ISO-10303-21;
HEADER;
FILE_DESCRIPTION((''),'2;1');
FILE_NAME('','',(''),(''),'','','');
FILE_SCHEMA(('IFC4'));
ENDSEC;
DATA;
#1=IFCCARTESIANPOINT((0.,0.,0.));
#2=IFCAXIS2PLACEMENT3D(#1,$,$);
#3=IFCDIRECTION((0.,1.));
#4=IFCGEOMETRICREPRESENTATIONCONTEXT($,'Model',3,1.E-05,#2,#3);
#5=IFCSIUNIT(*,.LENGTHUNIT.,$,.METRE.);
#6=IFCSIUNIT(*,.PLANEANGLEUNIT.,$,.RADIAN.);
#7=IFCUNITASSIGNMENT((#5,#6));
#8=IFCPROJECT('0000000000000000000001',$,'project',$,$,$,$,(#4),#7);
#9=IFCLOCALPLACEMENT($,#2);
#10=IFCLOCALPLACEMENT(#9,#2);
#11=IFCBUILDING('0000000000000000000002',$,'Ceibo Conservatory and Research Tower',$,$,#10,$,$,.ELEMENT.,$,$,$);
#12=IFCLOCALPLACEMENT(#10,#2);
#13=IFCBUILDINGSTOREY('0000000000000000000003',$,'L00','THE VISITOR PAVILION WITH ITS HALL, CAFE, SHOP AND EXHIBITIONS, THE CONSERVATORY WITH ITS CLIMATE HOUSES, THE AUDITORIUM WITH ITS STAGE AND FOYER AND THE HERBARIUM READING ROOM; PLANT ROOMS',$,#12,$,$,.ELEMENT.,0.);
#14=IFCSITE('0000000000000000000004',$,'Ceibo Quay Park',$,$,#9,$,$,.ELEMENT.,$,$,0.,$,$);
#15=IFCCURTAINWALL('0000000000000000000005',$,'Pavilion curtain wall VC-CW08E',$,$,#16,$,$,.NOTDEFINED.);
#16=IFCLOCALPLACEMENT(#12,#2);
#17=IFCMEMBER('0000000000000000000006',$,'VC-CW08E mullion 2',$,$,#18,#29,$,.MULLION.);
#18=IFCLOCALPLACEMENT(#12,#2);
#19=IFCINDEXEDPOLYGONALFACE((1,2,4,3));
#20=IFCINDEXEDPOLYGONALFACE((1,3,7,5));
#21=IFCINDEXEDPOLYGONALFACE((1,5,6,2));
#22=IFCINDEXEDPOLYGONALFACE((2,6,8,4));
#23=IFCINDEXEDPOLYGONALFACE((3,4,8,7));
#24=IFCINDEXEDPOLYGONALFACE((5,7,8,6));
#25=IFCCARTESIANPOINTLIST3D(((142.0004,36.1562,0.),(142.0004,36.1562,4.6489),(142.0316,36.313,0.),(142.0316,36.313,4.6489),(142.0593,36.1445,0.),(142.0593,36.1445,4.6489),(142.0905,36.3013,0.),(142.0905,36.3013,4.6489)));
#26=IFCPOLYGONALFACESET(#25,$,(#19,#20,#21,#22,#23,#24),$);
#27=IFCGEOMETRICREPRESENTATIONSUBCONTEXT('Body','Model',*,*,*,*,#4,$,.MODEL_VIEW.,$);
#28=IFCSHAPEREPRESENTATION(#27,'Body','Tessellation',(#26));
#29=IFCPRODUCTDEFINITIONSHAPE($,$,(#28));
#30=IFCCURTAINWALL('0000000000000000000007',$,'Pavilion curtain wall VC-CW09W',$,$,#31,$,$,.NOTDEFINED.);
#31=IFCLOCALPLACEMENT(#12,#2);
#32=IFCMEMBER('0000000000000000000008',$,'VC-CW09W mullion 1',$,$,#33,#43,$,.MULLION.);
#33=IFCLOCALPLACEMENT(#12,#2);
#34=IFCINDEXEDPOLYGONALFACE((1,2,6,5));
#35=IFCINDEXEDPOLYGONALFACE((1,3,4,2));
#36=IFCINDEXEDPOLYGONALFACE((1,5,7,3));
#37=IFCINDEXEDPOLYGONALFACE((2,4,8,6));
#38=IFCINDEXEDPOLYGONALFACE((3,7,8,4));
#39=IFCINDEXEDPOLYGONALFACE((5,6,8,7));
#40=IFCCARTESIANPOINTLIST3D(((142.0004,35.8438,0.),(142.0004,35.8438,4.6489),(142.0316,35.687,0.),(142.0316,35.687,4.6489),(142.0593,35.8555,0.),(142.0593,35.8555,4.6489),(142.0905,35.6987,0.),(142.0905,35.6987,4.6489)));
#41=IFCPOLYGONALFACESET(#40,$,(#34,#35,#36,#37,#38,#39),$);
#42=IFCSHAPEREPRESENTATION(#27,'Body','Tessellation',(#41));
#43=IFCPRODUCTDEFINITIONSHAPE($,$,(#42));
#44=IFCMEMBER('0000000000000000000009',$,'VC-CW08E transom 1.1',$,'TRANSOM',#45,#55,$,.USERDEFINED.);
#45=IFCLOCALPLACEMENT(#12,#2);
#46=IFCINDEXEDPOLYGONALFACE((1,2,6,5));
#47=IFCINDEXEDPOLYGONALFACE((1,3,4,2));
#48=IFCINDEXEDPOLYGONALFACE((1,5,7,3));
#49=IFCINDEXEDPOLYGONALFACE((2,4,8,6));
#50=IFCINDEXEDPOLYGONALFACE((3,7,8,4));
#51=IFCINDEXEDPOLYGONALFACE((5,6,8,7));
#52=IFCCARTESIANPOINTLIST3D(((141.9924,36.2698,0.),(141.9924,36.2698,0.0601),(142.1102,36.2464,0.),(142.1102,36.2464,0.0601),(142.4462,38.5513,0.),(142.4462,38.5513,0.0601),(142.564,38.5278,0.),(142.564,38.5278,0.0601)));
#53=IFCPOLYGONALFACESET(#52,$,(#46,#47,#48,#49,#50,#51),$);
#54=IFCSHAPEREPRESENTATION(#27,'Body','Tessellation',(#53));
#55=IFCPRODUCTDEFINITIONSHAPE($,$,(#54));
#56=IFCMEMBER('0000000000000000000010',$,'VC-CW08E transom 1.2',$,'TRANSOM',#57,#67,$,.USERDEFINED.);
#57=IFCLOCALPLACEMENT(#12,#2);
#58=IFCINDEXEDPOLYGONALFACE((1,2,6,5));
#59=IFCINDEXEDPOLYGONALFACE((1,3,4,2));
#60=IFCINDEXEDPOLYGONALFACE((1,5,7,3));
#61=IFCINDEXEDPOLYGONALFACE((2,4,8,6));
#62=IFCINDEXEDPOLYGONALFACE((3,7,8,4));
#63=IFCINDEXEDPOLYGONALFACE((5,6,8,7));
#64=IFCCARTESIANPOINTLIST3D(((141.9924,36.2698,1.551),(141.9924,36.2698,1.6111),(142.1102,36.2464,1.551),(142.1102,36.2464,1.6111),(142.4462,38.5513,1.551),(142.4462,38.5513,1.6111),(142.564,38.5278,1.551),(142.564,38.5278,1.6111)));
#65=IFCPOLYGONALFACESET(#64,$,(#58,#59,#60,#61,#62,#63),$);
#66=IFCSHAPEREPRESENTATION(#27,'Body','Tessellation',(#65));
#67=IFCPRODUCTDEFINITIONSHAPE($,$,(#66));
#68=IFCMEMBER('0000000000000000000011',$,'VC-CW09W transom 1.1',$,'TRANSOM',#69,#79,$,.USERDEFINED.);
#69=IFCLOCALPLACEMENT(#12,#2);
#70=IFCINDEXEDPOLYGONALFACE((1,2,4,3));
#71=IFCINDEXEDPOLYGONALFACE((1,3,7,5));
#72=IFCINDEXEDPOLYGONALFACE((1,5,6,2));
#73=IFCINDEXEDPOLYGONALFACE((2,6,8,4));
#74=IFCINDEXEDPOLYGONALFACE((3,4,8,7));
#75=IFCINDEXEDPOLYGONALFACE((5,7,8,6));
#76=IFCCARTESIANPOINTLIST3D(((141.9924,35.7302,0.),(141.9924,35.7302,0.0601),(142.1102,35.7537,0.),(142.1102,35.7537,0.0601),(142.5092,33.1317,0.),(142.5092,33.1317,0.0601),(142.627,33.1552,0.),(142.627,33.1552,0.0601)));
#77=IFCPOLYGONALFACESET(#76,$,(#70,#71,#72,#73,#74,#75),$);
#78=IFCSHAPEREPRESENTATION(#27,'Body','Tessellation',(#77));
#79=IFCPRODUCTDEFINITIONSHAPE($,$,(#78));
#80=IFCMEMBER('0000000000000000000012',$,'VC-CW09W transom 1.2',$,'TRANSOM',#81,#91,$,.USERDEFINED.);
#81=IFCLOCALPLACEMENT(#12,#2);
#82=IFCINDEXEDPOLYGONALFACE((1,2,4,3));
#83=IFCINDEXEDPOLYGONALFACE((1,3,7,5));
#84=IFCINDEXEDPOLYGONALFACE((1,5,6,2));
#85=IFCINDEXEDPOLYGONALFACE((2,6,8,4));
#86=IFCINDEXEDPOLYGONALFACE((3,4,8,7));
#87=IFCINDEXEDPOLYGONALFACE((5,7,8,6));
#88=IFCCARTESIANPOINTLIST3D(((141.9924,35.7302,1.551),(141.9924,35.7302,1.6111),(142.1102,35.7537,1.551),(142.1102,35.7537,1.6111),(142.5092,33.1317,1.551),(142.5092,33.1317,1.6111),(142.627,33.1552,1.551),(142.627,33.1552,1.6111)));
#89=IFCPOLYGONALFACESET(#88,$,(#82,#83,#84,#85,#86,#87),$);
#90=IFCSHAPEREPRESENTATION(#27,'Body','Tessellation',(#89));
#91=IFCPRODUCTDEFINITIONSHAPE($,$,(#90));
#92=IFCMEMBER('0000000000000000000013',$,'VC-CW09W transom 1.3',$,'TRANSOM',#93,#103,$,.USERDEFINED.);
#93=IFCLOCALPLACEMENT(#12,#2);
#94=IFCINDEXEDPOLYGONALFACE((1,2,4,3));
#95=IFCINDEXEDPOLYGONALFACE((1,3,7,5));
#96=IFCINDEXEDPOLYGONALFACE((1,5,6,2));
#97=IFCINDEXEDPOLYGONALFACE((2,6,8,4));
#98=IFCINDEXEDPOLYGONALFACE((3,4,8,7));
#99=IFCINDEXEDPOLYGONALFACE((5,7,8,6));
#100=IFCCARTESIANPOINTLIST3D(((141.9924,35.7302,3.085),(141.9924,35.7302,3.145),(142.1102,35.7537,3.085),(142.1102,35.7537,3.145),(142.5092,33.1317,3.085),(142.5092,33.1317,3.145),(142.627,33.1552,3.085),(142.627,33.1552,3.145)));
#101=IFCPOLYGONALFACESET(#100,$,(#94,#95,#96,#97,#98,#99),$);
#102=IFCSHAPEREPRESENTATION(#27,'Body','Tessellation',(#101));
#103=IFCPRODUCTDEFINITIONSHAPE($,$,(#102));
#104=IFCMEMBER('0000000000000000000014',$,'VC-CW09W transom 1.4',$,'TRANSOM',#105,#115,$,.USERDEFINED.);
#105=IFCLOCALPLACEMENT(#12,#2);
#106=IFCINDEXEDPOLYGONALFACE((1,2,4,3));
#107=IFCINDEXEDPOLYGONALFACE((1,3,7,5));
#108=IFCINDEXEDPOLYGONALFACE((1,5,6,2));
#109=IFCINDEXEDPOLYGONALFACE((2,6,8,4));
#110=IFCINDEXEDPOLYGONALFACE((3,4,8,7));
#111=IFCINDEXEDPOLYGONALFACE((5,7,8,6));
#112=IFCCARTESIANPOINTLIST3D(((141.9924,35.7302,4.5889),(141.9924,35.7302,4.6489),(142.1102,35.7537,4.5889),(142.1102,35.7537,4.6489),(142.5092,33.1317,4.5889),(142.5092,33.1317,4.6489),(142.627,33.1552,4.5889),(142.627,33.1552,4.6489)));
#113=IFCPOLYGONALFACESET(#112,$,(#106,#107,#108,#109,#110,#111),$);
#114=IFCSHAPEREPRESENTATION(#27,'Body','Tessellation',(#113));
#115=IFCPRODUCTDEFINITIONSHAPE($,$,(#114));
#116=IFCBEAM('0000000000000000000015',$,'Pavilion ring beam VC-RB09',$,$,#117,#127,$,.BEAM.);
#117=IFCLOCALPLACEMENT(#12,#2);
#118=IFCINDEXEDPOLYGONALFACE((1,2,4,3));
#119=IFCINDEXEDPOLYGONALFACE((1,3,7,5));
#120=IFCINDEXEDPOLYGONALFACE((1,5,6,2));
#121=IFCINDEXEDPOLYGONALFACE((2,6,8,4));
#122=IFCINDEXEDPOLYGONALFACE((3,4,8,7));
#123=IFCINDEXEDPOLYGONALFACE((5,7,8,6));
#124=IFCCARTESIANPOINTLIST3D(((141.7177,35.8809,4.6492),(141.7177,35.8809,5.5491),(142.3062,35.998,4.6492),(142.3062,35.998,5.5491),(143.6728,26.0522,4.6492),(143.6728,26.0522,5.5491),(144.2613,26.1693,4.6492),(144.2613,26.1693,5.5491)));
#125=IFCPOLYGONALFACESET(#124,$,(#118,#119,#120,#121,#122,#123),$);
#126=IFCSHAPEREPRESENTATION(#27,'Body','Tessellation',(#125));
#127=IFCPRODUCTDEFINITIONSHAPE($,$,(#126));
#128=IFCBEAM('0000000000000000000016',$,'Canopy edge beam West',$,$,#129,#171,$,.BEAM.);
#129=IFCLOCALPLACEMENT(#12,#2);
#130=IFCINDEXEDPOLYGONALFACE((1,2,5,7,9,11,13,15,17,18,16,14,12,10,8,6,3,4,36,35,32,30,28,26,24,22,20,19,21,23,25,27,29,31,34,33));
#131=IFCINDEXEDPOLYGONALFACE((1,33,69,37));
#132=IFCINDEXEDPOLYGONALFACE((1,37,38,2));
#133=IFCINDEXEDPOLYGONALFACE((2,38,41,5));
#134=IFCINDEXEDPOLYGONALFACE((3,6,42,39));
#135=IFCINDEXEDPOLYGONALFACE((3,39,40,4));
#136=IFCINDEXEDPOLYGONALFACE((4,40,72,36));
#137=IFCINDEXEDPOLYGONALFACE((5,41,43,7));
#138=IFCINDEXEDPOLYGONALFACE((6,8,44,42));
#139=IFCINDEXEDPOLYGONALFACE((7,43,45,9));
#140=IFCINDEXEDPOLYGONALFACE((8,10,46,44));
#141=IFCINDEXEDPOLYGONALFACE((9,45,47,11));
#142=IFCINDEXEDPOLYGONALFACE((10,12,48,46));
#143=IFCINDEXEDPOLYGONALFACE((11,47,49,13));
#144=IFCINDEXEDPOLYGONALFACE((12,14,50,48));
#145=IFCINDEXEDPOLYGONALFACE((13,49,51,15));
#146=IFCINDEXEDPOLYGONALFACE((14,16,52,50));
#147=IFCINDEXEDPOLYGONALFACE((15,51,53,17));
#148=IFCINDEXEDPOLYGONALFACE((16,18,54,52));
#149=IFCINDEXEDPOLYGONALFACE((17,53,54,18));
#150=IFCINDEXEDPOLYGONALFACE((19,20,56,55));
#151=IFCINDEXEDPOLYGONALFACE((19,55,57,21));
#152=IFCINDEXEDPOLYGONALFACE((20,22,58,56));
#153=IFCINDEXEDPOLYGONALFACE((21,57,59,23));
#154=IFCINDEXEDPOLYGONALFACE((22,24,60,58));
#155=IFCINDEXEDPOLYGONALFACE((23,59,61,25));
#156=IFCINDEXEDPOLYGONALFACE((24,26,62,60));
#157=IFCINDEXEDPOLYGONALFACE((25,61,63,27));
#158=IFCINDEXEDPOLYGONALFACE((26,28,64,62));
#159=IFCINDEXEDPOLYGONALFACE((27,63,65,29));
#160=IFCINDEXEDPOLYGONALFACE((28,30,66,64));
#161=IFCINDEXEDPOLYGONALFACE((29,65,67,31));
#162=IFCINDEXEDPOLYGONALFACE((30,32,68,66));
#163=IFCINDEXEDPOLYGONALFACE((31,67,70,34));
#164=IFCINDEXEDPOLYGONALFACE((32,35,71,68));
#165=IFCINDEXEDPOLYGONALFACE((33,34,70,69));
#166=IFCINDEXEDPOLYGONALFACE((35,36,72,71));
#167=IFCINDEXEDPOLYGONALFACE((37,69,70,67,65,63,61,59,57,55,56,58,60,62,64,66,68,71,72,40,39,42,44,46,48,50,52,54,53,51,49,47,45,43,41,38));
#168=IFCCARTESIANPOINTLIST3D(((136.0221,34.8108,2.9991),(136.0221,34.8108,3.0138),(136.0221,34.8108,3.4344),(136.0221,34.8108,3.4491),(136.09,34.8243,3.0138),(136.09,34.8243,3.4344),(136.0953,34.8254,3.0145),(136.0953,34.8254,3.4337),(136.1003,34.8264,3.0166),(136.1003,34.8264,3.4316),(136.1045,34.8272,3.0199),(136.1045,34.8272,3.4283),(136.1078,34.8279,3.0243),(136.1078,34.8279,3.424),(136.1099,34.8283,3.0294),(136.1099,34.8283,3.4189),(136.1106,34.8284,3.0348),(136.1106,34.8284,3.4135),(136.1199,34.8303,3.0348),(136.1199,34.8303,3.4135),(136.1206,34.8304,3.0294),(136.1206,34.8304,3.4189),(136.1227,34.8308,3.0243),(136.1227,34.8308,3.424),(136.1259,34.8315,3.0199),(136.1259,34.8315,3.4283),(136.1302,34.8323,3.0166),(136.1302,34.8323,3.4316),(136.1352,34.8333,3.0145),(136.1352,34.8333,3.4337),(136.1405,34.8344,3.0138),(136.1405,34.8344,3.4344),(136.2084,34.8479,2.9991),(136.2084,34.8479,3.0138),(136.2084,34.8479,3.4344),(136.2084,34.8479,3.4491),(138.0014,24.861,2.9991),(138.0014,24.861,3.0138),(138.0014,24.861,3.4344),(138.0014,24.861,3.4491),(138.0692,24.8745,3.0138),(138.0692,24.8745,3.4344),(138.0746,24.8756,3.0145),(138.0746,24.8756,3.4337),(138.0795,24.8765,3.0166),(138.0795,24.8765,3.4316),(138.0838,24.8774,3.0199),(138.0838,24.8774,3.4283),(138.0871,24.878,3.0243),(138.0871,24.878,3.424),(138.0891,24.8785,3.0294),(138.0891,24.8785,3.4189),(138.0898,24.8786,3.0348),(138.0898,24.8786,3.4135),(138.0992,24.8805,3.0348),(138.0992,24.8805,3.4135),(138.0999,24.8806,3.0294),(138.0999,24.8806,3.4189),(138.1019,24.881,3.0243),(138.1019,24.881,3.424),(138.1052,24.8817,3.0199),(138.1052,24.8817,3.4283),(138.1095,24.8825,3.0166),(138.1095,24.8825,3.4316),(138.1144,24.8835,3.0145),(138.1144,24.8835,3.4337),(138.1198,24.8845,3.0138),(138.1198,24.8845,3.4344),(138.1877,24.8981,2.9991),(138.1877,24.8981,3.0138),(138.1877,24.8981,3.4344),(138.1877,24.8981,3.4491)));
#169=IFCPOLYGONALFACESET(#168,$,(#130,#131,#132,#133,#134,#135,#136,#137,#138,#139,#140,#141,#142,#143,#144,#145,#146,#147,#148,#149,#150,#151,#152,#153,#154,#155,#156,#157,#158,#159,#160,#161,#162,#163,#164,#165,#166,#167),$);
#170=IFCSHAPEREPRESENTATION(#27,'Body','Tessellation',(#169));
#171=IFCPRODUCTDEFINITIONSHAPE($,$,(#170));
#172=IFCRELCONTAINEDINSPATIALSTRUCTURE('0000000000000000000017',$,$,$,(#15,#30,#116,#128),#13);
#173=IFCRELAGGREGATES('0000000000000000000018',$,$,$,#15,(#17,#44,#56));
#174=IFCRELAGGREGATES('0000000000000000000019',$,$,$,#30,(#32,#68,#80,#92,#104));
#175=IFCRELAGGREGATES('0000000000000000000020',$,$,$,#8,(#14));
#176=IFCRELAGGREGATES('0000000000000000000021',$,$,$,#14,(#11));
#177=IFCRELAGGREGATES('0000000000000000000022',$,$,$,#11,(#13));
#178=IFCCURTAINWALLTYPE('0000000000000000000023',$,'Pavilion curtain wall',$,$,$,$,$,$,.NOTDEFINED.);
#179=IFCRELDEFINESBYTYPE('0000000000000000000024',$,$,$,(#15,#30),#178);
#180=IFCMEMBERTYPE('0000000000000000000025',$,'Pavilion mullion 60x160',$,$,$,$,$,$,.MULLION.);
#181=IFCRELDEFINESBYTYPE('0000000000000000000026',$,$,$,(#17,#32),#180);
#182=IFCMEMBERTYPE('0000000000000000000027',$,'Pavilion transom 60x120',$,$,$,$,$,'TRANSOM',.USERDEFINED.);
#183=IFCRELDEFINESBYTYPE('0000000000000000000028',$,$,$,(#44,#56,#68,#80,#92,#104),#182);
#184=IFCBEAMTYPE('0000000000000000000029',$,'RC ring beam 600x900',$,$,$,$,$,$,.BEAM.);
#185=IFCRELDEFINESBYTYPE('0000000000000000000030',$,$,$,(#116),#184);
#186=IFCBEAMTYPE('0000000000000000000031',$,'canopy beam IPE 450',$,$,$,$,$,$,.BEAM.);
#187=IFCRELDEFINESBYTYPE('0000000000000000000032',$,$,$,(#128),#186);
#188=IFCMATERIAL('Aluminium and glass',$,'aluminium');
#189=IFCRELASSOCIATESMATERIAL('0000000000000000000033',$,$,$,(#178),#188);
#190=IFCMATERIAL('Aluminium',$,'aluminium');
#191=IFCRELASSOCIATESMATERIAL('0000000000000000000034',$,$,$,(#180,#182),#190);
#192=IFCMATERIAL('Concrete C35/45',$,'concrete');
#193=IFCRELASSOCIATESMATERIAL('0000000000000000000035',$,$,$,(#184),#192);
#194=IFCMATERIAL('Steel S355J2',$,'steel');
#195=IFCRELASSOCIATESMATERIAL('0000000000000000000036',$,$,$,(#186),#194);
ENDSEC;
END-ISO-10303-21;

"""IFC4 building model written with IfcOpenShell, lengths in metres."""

from ifc_helpers import new_model, si_unit, direction, frame, origin, origin_2d, place, context, subcontext, project, spatial, rectangle, i_section, extrude, material, material_profile, profile_set, type_object, element, aggregate, save


model = new_model("IFC4")

# Units and contexts
model_context = context("Model", 3, precision=1e-05, world=origin(), true_north=direction((0.0, 1.0)))
body_context = subcontext(model_context, "Body", "Model", "MODEL_VIEW")
ifc_project = project(units=[si_unit("LENGTHUNIT", "METRE"), si_unit("PLANEANGLEUNIT", "RADIAN")], contexts=[model_context])

# Site, building, storey
site_placement = place(None, origin())
site = spatial("IfcSite", under=ifc_project, at=site_placement, Name="Ceibo Quay Park", CompositionType="ELEMENT", RefElevation=0.0)
building_placement = place(site_placement, origin())
building = spatial("IfcBuilding", under=site, at=building_placement, Name="Ceibo Conservatory and Research Tower", CompositionType="ELEMENT")
storey_placement = place(building_placement, origin())
storey = spatial("IfcBuildingStorey", under=building, at=storey_placement, Name="L00", Description="THE VISITOR PAVILION WITH ITS HALL, CAFE, SHOP AND EXHIBITIONS, THE CONSERVATORY WITH ITS CLIMATE HOUSES, THE AUDITORIUM WITH ITS STAGE AND FOYER AND THE HERBARIUM READING ROOM; PLANT ROOMS", CompositionType="ELEMENT", Elevation=0.0)

# Shared definitions
ifc_material_1 = material(Name="Concrete C35/45", Category="concrete")

# Curtain walls, members
ifc_material_2 = material(Name="Aluminium and glass", Category="aluminium")
ifc_material_3 = material(Name="Aluminium", Category="aluminium")
curtain_wall_type_1 = type_object("IfcCurtainWallType", Name="Pavilion curtain wall", PredefinedType="NOTDEFINED", material=ifc_material_2)
curtain_wall_1_placement = place(storey_placement, origin())
curtain_wall_1 = element("IfcCurtainWall", 1, at=curtain_wall_1_placement, inside=storey, type_object=curtain_wall_type_1, Name="Pavilion curtain wall VC-CW08E", PredefinedType="NOTDEFINED")
ifc_material_profile_1 = material_profile(ifc_material_3, rectangle(XDim=0.0601, YDim=0.1599, at=origin_2d()), Name="AL 60x160")
ifc_profile_set_1 = profile_set([ifc_material_profile_1], Name="Aluminium")
member_type_1 = type_object("IfcMemberType", Name="Pavilion mullion 60x160", PredefinedType="MULLION", material=ifc_profile_set_1)
member_1_placement = place(storey_placement, frame((142.0454, 36.2288, 0.0), z_axis=(0.0, 0.0, 1.0), x_axis=(0.980785, -0.19509, 0.0)))
member_1 = element("IfcMember", 2, at=member_1_placement, type_object=member_type_1, Name="VC-CW08E mullion 2", PredefinedType="MULLION", context=body_context, shape_type="SweptSolid", body=[
    extrude(rectangle(XDim=0.0601, YDim=0.1599, at=origin_2d()), origin(), (0.0, 0.0, 1.0), 4.6489),
])
curtain_wall_2_placement = place(storey_placement, origin())
curtain_wall_2 = element("IfcCurtainWall", 3, at=curtain_wall_2_placement, inside=storey, type_object=curtain_wall_type_1, Name="Pavilion curtain wall VC-CW09W", PredefinedType="NOTDEFINED")
member_2_placement = place(storey_placement, frame((142.0454, 35.7712, 0.0), z_axis=(0.0, 0.0, 1.0), x_axis=(0.980785, 0.19509, 0.0)))
member_2 = element("IfcMember", 4, at=member_2_placement, type_object=member_type_1, Name="VC-CW09W mullion 1", PredefinedType="MULLION", context=body_context, shape_type="SweptSolid", body=[
    extrude(rectangle(XDim=0.0601, YDim=0.1599, at=origin_2d()), origin(), (0.0, 0.0, 1.0), 4.6489),
])

# Members
ifc_material_profile_2 = material_profile(ifc_material_3, rectangle(XDim=0.1201, YDim=0.0601, at=origin_2d()), Name="AL 60x120")
ifc_profile_set_2 = profile_set([ifc_material_profile_2], Name="Aluminium")
member_type_2 = type_object("IfcMemberType", Name="Pavilion transom 60x120", ElementType="TRANSOM", PredefinedType="USERDEFINED", material=ifc_profile_set_2)
member_3_placement = place(storey_placement, frame((142.5051, 38.5396, 0.03), z_axis=(-0.195107, -0.980782, 0.0), x_axis=(0.980782, -0.195107, 0.0)))
member_3 = element("IfcMember", 5, at=member_3_placement, type_object=member_type_2, Name="VC-CW08E transom 1.1", ObjectType="TRANSOM", PredefinedType="USERDEFINED", context=body_context, shape_type="SweptSolid", body=[
    extrude(rectangle(XDim=0.1201, YDim=0.0601, at=origin_2d()), origin(), (0.0, 0.0, 1.0), 2.3262),
])
member_4_placement = place(storey_placement, frame((142.5051, 38.5396, 1.5811), z_axis=(-0.195107, -0.980782, 0.0), x_axis=(0.980782, -0.195107, 0.0)))
member_4 = element("IfcMember", 6, at=member_4_placement, type_object=member_type_2, Name="VC-CW08E transom 1.2", ObjectType="TRANSOM", PredefinedType="USERDEFINED", context=body_context, shape_type="SweptSolid", body=[
    extrude(rectangle(XDim=0.1201, YDim=0.0601, at=origin_2d()), origin(), (0.0, 0.0, 1.0), 2.3262),
])
member_5_placement = place(storey_placement, frame((142.0513, 35.7419, 0.03), z_axis=(0.195088, -0.980786, 0.0), x_axis=(0.980786, 0.195088, 0.0)))
member_5 = element("IfcMember", 7, at=member_5_placement, type_object=member_type_2, Name="VC-CW09W transom 1.1", ObjectType="TRANSOM", PredefinedType="USERDEFINED", context=body_context, shape_type="SweptSolid", body=[
    extrude(rectangle(XDim=0.1201, YDim=0.0601, at=origin_2d()), origin(), (0.0, 0.0, 1.0), 2.6494),
])
member_6_placement = place(storey_placement, frame((142.0513, 35.7419, 1.5811), z_axis=(0.195088, -0.980786, 0.0), x_axis=(0.980786, 0.195088, 0.0)))
member_6 = element("IfcMember", 8, at=member_6_placement, type_object=member_type_2, Name="VC-CW09W transom 1.2", ObjectType="TRANSOM", PredefinedType="USERDEFINED", context=body_context, shape_type="SweptSolid", body=[
    extrude(rectangle(XDim=0.1201, YDim=0.0601, at=origin_2d()), origin(), (0.0, 0.0, 1.0), 2.6494),
])
member_7_placement = place(storey_placement, frame((142.0513, 35.7419, 3.115), z_axis=(0.195088, -0.980786, 0.0), x_axis=(0.980786, 0.195088, 0.0)))
member_7 = element("IfcMember", 9, at=member_7_placement, type_object=member_type_2, Name="VC-CW09W transom 1.3", ObjectType="TRANSOM", PredefinedType="USERDEFINED", context=body_context, shape_type="SweptSolid", body=[
    extrude(rectangle(XDim=0.1201, YDim=0.0601, at=origin_2d()), origin(), (0.0, 0.0, 1.0), 2.6494),
])
member_8_placement = place(storey_placement, frame((142.0513, 35.7419, 4.6189), z_axis=(0.195088, -0.980786, 0.0), x_axis=(0.980786, 0.195088, 0.0)))
member_8 = element("IfcMember", 10, at=member_8_placement, type_object=member_type_2, Name="VC-CW09W transom 1.4", ObjectType="TRANSOM", PredefinedType="USERDEFINED", context=body_context, shape_type="SweptSolid", body=[
    extrude(rectangle(XDim=0.1201, YDim=0.0601, at=origin_2d()), origin(), (0.0, 0.0, 1.0), 2.6494),
])

# Beams
ifc_material_profile_3 = material_profile(ifc_material_1, rectangle(XDim=0.6001, YDim=0.8999, at=origin_2d()), Name="RC 600x900")
ifc_profile_set_3 = profile_set([ifc_material_profile_3], Name="Concrete C35/45")
beam_type_1 = type_object("IfcBeamType", Name="RC ring beam 600x900", PredefinedType="BEAM", material=ifc_profile_set_3)
beam_1_placement = place(storey_placement, frame((142.012, 35.9395, 5.0991), z_axis=(0.195095, -0.980784, 0.0), x_axis=(0.980784, 0.195095, 0.0)))
element("IfcBeam", 11, at=beam_1_placement, inside=storey, type_object=beam_type_1, Name="Pavilion ring beam VC-RB09", PredefinedType="BEAM", context=body_context, shape_type="SweptSolid", body=[
    extrude(rectangle(XDim=0.6001, YDim=0.8999, at=origin_2d()), origin(), (0.0, 0.0, 1.0), 10.0212),
])
ifc_material_4 = material(Name="Steel S355J2", Category="steel")
ifc_material_profile_4 = material_profile(ifc_material_4, i_section(OverallWidth=0.1899, OverallDepth=0.45, WebThickness=0.0095, FlangeThickness=0.0146, FilletRadius=0.021, at=origin_2d()), Name="IPE 450")
ifc_profile_set_4 = profile_set([ifc_material_profile_4], Name="Steel S355J2")
beam_type_2 = type_object("IfcBeamType", Name="canopy beam IPE 450", PredefinedType="BEAM", material=ifc_profile_set_4)
beam_2_placement = place(storey_placement, frame((136.1152, 34.8293, 3.2241), z_axis=(0.195102, -0.980783, 0.0), x_axis=(0.980783, 0.195102, 0.0)))
element("IfcBeam", 12, at=beam_2_placement, inside=storey, type_object=beam_type_2, Name="Canopy edge beam West", PredefinedType="BEAM", context=body_context, shape_type="SweptSolid", body=[
    extrude(i_section(OverallWidth=0.1899, OverallDepth=0.45, WebThickness=0.0095, FlangeThickness=0.0146, FilletRadius=0.021, at=origin_2d()), origin(), (0.0, 0.0, 1.0), 10.1448),
])

aggregate(curtain_wall_1, [member_1, member_3, member_4])
aggregate(curtain_wall_2, [member_2, member_5, member_6, member_7, member_8])

save(model, "model.ifc")
